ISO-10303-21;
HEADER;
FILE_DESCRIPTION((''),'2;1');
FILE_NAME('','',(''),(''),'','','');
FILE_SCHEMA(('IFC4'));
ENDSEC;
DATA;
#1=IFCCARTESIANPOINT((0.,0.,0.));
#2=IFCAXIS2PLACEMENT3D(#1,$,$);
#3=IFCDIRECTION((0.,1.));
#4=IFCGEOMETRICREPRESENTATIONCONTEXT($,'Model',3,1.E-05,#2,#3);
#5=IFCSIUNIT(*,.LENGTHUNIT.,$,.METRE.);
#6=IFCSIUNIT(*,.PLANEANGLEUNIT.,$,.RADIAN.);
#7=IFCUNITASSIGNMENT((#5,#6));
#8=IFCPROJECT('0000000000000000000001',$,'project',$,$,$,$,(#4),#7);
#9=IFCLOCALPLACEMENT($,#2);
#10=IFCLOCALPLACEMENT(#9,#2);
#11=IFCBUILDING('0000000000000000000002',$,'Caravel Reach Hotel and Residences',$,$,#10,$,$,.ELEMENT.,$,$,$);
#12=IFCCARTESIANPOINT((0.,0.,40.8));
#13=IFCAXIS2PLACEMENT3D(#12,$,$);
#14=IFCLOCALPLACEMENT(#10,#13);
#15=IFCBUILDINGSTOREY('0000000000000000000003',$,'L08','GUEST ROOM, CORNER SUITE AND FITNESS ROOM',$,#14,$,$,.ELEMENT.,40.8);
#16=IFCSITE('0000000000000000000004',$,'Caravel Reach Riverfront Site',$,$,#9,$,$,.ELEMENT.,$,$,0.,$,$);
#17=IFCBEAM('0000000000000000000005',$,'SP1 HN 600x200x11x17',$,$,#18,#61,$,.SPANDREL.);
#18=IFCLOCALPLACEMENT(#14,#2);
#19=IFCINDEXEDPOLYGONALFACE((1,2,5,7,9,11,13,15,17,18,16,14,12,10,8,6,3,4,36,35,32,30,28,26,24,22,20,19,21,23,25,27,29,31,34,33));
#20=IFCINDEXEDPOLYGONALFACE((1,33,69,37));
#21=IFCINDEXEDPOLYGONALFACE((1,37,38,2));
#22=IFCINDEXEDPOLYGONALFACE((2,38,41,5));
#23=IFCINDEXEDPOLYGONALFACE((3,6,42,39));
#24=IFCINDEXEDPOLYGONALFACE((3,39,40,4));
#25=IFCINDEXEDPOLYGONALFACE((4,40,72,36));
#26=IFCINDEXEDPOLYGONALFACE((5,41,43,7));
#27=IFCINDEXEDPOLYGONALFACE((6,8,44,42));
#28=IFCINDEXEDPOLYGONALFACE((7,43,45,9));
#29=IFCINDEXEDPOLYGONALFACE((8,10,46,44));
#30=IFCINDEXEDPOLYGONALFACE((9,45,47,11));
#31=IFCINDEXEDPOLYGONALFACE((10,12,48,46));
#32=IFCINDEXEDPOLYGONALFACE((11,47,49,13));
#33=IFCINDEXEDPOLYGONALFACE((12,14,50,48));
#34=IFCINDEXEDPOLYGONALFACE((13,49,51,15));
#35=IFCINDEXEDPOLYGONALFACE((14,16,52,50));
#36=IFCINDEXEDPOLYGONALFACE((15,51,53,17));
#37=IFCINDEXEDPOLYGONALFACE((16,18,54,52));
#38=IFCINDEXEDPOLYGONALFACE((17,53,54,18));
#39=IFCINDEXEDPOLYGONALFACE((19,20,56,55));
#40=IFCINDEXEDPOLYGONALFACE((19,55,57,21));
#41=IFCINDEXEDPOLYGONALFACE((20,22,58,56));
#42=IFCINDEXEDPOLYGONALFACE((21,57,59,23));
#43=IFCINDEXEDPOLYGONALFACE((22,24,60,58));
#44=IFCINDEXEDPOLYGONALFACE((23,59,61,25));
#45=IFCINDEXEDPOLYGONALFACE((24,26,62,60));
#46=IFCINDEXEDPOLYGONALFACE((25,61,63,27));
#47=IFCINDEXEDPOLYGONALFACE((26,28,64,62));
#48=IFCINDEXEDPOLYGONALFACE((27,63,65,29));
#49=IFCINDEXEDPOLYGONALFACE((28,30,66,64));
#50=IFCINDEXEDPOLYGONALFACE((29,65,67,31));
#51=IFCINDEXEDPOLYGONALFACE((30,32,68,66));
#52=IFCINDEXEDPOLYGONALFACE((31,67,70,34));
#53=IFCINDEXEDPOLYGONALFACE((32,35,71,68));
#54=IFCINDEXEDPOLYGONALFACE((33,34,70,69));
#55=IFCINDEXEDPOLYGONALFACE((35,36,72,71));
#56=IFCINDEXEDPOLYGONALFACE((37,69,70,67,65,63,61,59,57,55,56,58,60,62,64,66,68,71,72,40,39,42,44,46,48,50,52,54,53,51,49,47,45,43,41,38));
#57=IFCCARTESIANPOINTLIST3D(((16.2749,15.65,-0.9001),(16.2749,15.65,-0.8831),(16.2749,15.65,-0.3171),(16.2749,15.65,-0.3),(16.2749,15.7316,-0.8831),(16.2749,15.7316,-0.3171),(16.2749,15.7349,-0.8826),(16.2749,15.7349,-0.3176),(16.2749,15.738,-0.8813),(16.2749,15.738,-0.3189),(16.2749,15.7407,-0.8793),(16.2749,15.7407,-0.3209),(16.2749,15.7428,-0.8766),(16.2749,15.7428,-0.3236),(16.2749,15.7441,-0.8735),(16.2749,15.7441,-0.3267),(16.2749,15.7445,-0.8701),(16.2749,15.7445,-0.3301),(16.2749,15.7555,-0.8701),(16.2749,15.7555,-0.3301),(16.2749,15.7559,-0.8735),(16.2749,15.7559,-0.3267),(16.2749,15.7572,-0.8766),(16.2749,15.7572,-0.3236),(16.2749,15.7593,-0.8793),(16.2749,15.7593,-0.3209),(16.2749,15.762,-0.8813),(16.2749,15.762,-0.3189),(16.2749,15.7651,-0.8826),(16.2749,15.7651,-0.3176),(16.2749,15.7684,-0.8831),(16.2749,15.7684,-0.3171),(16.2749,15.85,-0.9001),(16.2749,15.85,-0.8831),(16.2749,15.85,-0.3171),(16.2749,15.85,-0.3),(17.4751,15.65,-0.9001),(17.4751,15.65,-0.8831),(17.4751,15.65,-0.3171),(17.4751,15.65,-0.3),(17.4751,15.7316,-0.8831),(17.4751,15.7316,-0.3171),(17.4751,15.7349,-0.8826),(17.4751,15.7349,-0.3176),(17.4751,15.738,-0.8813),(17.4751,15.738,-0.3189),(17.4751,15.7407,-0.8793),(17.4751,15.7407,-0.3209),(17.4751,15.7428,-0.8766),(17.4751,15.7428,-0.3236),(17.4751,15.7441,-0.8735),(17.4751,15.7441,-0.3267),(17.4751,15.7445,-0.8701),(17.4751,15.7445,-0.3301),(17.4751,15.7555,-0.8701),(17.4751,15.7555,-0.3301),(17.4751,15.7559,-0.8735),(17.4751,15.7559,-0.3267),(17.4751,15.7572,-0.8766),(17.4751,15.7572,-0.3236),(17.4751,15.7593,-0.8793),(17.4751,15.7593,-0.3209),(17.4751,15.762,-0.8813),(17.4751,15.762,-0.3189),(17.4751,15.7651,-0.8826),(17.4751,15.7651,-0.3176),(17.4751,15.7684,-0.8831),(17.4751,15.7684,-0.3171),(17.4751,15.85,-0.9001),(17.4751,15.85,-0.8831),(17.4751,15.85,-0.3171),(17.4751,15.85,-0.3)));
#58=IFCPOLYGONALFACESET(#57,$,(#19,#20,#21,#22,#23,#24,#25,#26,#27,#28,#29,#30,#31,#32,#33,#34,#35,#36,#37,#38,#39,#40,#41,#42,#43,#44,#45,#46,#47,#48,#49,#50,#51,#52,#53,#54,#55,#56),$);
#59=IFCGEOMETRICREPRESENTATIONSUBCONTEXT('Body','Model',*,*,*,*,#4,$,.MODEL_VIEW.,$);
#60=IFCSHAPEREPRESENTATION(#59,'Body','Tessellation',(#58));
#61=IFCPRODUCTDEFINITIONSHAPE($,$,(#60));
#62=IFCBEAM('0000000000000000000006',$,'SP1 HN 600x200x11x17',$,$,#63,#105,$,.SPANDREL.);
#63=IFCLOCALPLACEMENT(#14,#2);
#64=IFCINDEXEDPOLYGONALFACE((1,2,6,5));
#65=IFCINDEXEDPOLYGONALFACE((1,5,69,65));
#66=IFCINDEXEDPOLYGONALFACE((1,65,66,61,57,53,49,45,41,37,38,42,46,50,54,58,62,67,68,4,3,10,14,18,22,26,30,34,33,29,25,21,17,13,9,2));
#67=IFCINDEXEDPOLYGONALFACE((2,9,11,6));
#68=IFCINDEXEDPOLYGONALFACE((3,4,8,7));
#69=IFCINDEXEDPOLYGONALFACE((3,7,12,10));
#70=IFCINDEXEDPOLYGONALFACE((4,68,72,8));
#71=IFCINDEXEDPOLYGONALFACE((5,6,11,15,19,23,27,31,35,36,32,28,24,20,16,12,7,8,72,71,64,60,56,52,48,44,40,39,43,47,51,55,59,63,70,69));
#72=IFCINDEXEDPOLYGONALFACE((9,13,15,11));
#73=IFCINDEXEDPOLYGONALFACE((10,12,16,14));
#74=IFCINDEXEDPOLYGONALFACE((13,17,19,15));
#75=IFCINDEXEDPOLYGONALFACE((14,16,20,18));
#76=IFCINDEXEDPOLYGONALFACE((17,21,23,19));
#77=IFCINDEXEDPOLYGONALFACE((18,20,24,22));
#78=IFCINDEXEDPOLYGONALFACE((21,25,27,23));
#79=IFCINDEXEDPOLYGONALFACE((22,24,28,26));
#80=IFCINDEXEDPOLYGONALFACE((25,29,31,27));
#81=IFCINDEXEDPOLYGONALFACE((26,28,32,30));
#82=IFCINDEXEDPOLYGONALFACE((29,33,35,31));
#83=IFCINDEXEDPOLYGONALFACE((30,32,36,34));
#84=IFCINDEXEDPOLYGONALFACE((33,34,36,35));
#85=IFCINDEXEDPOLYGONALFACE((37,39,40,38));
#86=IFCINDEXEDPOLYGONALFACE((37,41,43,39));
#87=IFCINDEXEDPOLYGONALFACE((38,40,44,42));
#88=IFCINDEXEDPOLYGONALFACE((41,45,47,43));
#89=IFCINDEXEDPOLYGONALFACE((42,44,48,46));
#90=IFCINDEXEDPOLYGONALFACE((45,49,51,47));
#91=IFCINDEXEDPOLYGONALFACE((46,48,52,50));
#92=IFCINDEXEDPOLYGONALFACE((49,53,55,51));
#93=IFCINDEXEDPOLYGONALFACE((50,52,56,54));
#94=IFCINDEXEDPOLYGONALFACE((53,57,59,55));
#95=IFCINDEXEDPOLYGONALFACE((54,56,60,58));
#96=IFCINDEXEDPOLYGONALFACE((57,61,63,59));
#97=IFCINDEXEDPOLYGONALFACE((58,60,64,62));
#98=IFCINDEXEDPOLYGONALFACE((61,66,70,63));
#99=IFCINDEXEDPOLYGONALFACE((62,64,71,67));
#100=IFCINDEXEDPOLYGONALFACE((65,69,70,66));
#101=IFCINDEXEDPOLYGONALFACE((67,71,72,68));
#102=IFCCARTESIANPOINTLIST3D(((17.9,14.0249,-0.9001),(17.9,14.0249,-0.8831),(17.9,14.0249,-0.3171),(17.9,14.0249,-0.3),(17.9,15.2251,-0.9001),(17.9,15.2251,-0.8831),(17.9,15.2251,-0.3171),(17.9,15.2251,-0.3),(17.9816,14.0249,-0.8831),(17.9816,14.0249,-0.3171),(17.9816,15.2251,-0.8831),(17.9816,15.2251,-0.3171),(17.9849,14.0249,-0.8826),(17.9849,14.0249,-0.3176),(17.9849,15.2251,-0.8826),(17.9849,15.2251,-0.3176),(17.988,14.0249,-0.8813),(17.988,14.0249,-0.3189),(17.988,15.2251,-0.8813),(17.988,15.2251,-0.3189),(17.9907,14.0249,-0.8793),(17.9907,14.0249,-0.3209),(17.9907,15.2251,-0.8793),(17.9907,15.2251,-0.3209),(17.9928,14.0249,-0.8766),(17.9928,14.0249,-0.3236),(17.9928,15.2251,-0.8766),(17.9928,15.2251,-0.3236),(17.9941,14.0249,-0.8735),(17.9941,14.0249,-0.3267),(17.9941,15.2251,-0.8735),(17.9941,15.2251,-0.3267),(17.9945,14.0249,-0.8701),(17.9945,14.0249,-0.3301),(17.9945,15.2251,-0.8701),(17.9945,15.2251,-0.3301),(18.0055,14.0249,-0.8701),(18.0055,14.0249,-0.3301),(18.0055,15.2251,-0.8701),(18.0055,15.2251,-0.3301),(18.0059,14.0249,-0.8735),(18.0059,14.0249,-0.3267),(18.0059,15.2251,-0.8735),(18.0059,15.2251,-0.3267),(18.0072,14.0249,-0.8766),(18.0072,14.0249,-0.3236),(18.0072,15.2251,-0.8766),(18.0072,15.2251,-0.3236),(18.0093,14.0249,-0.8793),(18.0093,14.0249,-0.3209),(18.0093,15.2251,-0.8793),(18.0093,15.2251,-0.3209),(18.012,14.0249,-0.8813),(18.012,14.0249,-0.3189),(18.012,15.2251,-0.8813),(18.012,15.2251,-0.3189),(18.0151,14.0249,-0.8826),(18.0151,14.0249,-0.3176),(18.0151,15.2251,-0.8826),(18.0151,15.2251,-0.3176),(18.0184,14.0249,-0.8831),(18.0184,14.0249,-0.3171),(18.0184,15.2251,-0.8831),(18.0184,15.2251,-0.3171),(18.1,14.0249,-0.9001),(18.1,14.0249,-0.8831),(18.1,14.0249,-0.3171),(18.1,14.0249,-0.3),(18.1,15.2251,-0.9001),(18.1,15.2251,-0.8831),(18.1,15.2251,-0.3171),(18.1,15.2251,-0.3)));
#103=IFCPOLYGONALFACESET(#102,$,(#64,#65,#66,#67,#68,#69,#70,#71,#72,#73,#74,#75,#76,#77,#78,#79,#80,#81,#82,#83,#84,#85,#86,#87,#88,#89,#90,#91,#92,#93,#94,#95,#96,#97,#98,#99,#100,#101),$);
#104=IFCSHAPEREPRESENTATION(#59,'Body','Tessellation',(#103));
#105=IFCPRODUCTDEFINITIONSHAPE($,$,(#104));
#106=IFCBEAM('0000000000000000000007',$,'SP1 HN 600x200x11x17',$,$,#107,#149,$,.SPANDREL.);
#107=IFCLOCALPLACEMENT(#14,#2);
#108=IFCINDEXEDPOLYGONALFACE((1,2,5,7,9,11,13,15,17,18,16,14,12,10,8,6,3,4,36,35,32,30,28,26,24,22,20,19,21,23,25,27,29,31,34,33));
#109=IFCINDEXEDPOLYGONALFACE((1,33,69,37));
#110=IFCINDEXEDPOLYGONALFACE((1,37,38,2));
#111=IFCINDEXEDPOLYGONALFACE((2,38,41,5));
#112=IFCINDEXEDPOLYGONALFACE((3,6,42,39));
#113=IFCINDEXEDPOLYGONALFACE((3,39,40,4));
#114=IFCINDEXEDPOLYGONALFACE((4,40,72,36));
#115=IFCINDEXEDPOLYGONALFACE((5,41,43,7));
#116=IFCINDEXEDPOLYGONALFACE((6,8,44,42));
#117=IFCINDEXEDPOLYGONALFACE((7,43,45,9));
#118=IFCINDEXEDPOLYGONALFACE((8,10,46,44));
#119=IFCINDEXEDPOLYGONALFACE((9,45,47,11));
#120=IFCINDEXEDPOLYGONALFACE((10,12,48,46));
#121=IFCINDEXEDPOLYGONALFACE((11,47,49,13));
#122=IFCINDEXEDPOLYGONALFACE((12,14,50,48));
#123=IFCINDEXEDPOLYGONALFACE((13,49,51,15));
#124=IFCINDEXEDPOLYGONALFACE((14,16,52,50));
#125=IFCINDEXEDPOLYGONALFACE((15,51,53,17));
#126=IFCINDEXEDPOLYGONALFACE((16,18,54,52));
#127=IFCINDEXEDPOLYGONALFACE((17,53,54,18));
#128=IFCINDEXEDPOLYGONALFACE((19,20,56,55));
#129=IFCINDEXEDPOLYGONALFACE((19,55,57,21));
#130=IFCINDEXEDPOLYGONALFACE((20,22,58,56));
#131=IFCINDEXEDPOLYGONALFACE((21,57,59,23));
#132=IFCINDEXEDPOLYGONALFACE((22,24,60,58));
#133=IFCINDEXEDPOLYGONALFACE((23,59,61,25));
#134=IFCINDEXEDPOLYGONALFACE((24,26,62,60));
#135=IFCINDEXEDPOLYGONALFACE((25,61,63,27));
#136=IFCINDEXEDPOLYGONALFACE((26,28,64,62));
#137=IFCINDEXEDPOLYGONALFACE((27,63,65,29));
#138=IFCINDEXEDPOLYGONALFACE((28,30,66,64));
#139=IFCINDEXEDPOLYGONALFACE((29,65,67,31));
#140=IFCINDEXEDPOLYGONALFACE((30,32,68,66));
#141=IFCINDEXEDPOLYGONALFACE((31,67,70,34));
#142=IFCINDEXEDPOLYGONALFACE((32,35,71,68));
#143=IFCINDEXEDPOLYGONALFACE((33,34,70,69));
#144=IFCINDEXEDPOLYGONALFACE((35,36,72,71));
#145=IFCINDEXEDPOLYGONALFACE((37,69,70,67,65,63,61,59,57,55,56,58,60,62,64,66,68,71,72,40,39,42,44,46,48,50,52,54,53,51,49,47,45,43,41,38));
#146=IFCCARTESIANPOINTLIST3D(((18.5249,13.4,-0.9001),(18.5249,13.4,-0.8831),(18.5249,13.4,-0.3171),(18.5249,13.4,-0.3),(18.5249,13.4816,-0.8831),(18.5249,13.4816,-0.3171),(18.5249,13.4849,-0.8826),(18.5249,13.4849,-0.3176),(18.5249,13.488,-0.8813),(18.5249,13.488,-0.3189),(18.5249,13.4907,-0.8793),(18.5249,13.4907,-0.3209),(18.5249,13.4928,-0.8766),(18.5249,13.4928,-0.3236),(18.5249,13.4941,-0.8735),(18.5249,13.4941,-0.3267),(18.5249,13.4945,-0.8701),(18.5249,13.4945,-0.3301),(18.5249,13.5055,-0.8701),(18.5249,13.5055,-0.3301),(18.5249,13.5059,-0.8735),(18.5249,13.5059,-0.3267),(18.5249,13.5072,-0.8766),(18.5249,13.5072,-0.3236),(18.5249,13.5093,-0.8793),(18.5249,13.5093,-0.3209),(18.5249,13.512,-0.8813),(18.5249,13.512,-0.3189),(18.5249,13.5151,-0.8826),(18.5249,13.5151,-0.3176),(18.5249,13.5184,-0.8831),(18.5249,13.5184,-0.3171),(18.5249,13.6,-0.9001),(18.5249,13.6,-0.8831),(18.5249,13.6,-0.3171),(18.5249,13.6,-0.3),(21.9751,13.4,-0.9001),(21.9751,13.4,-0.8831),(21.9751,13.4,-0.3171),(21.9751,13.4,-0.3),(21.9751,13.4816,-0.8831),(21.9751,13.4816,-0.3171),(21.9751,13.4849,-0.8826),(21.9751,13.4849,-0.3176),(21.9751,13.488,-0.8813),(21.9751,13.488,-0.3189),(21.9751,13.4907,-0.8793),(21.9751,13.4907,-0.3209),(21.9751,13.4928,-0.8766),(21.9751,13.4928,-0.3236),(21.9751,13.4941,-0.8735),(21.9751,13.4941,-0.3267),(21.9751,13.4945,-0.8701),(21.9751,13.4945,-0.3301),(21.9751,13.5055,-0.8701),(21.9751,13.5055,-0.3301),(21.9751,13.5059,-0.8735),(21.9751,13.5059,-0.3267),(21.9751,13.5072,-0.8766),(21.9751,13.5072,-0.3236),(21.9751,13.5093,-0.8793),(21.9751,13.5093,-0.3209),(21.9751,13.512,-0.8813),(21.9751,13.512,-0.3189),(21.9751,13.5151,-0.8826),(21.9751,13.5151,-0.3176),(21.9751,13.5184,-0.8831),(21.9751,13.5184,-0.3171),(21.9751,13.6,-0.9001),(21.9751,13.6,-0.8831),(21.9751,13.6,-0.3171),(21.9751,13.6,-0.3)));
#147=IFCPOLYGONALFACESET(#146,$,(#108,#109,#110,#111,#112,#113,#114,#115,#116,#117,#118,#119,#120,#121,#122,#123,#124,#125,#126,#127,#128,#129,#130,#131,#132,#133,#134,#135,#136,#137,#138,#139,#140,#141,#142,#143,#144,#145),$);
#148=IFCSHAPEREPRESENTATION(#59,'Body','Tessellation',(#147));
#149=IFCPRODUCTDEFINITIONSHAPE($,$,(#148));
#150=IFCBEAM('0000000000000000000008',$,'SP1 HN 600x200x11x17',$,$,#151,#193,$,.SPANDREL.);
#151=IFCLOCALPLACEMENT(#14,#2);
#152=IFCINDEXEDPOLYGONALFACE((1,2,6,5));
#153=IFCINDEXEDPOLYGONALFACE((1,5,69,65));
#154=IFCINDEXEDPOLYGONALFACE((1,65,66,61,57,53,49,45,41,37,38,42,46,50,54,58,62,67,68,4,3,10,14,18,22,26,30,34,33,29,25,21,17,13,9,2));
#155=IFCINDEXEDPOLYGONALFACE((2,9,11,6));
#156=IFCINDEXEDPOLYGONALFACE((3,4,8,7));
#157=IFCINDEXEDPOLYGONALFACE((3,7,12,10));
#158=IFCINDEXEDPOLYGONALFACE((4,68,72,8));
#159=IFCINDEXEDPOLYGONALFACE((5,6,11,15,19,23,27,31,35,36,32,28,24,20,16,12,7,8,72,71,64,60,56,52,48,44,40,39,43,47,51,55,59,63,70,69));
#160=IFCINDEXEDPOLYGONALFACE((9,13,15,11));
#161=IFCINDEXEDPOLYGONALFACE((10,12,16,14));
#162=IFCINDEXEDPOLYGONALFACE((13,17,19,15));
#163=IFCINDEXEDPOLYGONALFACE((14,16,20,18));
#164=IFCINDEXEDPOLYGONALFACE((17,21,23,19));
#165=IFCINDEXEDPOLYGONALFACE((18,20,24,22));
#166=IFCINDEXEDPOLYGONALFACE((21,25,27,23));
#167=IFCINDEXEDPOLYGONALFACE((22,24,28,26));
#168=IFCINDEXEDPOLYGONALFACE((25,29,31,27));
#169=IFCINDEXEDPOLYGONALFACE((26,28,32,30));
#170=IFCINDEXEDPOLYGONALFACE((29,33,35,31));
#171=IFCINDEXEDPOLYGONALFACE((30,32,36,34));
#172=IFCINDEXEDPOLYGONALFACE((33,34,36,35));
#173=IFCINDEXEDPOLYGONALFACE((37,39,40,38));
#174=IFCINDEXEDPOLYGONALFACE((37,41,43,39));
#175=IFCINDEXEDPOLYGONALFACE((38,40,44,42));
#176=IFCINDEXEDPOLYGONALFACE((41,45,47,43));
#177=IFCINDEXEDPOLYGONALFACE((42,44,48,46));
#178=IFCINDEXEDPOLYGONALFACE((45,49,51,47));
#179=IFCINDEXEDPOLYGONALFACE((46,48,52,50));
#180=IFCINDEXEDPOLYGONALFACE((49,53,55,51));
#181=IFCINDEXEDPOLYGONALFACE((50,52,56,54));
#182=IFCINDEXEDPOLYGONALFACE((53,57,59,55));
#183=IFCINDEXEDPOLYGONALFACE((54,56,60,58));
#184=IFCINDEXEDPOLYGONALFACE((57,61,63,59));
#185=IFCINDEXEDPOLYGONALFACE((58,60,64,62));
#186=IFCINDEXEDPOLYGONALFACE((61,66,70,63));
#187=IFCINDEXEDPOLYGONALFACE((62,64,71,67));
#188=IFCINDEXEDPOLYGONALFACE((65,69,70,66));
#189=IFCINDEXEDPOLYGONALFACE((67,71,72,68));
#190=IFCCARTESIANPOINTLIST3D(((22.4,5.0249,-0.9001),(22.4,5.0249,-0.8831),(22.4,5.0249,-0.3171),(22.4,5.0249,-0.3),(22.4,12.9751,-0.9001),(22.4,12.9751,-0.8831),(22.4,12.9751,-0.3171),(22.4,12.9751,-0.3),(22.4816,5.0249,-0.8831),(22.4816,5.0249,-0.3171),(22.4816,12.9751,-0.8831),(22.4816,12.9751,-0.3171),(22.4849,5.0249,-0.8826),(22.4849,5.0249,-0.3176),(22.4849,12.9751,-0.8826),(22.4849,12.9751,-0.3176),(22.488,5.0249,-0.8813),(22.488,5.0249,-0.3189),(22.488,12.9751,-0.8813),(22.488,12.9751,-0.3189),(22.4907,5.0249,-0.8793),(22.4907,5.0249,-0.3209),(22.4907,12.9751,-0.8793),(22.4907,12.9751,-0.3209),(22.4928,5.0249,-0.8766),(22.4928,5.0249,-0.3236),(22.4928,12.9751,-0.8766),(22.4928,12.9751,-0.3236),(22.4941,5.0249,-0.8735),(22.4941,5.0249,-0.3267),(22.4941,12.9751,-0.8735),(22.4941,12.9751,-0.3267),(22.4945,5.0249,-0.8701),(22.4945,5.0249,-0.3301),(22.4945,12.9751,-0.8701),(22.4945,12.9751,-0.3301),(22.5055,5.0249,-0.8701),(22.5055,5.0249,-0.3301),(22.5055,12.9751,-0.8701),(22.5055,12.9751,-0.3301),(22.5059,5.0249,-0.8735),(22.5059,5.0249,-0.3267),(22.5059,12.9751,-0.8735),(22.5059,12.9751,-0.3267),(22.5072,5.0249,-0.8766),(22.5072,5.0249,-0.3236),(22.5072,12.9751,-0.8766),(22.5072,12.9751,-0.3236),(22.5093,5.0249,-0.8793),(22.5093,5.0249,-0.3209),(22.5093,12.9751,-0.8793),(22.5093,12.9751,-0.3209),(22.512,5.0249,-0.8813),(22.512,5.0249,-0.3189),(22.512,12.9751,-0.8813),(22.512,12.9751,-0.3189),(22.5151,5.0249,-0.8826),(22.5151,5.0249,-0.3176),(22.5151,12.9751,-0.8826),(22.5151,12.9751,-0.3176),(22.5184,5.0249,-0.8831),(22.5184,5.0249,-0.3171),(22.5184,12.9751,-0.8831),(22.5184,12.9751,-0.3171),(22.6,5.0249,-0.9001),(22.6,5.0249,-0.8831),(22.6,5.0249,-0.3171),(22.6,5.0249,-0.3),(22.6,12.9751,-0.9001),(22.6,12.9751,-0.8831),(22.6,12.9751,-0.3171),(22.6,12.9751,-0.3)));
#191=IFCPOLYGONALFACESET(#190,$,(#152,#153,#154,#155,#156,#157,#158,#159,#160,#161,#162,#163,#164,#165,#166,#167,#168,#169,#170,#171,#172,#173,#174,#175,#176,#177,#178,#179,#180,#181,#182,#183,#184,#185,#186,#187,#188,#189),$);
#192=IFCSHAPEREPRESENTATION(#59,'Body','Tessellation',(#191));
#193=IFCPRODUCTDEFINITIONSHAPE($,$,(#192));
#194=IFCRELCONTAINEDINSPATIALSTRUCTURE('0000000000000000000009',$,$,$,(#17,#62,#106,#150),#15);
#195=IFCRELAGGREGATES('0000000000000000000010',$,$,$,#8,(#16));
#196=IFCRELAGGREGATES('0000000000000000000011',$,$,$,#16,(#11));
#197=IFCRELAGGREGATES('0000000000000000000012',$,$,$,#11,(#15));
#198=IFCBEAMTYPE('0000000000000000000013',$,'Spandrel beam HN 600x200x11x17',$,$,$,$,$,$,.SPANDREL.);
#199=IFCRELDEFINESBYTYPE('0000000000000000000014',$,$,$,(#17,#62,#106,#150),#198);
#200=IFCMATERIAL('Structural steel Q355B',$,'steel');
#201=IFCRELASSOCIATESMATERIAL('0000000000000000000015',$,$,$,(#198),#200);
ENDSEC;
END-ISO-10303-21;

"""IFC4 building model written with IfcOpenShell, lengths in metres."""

from ifc_helpers import new_model, si_unit, direction, frame, origin, origin_2d, place, context, subcontext, project, spatial, i_section, extrude, material, material_profile, profile_set, type_object, element, save


model = new_model("IFC4")

# Units and contexts
model_context = context("Model", 3, precision=1e-05, world=origin(), true_north=direction((0.0, 1.0)))
body_context = subcontext(model_context, "Body", "Model", "MODEL_VIEW")
ifc_project = project(units=[si_unit("LENGTHUNIT", "METRE"), si_unit("PLANEANGLEUNIT", "RADIAN")], contexts=[model_context])

# Site, building, storey
site_placement = place(None, origin())
site = spatial("IfcSite", under=ifc_project, at=site_placement, Name="Caravel Reach Riverfront Site", CompositionType="ELEMENT", RefElevation=0.0)
building_placement = place(site_placement, origin())
building = spatial("IfcBuilding", under=site, at=building_placement, Name="Caravel Reach Hotel and Residences", CompositionType="ELEMENT")
storey_placement = place(building_placement, frame((0.0, 0.0, 40.8)))
storey = spatial("IfcBuildingStorey", under=building, at=storey_placement, Name="L08", Description="GUEST ROOM, CORNER SUITE AND FITNESS ROOM", CompositionType="ELEMENT", Elevation=40.8)

# Beams
ifc_material_1 = material(Name="Structural steel Q355B", Category="steel")
ifc_material_profile_1 = material_profile(ifc_material_1, i_section(OverallWidth=0.2, OverallDepth=0.6001, WebThickness=0.011, FlangeThickness=0.0171, FilletRadius=0.0129, at=origin_2d()), Name="HN 600x200x11x17")
ifc_profile_set_1 = profile_set([ifc_material_profile_1], Name="Structural steel Q355B")
beam_type_1 = type_object("IfcBeamType", Name="Spandrel beam HN 600x200x11x17", PredefinedType="SPANDREL", material=ifc_profile_set_1)
for number, where, z_axis, x_axis, name in (
    (1, (16.2749, 15.75, -0.6001), (1.0, 0.0, 0.0), (0.0, 1.0, 0.0), "SP1 HN 600x200x11x17"),
    (2, (18.0, 15.2251, -0.6001), (0.0, -1.0, 0.0), (1.0, 0.0, 0.0), "SP1 HN 600x200x11x17"),
):
    element("IfcBeam", number, at=place(storey_placement, frame(where, z_axis=z_axis, x_axis=x_axis)), inside=storey, type_object=beam_type_1, Name=name, PredefinedType="SPANDREL", context=body_context, shape_type="SweptSolid", body=[
        extrude(i_section(OverallWidth=0.2, OverallDepth=0.6001, WebThickness=0.011, FlangeThickness=0.0171, FilletRadius=0.0129, at=origin_2d()), origin(), (0.0, 0.0, 1.0), 1.2002),
    ])
beam_1_placement = place(storey_placement, frame((18.5249, 13.5, -0.6001), z_axis=(1.0, 0.0, 0.0), x_axis=(0.0, 1.0, 0.0)))
element("IfcBeam", 3, at=beam_1_placement, inside=storey, type_object=beam_type_1, Name="SP1 HN 600x200x11x17", PredefinedType="SPANDREL", context=body_context, shape_type="SweptSolid", body=[
    extrude(i_section(OverallWidth=0.2, OverallDepth=0.6001, WebThickness=0.011, FlangeThickness=0.0171, FilletRadius=0.0129, at=origin_2d()), origin(), (0.0, 0.0, 1.0), 3.4502),
])
beam_2_placement = place(storey_placement, frame((22.5, 12.9751, -0.6001), z_axis=(0.0, -1.0, 0.0), x_axis=(1.0, 0.0, 0.0)))
element("IfcBeam", 4, at=beam_2_placement, inside=storey, type_object=beam_type_1, Name="SP1 HN 600x200x11x17", PredefinedType="SPANDREL", context=body_context, shape_type="SweptSolid", body=[
    extrude(i_section(OverallWidth=0.2, OverallDepth=0.6001, WebThickness=0.011, FlangeThickness=0.0171, FilletRadius=0.0129, at=origin_2d()), origin(), (0.0, 0.0, 1.0), 7.9502),
])

save(model, "model.ifc")
